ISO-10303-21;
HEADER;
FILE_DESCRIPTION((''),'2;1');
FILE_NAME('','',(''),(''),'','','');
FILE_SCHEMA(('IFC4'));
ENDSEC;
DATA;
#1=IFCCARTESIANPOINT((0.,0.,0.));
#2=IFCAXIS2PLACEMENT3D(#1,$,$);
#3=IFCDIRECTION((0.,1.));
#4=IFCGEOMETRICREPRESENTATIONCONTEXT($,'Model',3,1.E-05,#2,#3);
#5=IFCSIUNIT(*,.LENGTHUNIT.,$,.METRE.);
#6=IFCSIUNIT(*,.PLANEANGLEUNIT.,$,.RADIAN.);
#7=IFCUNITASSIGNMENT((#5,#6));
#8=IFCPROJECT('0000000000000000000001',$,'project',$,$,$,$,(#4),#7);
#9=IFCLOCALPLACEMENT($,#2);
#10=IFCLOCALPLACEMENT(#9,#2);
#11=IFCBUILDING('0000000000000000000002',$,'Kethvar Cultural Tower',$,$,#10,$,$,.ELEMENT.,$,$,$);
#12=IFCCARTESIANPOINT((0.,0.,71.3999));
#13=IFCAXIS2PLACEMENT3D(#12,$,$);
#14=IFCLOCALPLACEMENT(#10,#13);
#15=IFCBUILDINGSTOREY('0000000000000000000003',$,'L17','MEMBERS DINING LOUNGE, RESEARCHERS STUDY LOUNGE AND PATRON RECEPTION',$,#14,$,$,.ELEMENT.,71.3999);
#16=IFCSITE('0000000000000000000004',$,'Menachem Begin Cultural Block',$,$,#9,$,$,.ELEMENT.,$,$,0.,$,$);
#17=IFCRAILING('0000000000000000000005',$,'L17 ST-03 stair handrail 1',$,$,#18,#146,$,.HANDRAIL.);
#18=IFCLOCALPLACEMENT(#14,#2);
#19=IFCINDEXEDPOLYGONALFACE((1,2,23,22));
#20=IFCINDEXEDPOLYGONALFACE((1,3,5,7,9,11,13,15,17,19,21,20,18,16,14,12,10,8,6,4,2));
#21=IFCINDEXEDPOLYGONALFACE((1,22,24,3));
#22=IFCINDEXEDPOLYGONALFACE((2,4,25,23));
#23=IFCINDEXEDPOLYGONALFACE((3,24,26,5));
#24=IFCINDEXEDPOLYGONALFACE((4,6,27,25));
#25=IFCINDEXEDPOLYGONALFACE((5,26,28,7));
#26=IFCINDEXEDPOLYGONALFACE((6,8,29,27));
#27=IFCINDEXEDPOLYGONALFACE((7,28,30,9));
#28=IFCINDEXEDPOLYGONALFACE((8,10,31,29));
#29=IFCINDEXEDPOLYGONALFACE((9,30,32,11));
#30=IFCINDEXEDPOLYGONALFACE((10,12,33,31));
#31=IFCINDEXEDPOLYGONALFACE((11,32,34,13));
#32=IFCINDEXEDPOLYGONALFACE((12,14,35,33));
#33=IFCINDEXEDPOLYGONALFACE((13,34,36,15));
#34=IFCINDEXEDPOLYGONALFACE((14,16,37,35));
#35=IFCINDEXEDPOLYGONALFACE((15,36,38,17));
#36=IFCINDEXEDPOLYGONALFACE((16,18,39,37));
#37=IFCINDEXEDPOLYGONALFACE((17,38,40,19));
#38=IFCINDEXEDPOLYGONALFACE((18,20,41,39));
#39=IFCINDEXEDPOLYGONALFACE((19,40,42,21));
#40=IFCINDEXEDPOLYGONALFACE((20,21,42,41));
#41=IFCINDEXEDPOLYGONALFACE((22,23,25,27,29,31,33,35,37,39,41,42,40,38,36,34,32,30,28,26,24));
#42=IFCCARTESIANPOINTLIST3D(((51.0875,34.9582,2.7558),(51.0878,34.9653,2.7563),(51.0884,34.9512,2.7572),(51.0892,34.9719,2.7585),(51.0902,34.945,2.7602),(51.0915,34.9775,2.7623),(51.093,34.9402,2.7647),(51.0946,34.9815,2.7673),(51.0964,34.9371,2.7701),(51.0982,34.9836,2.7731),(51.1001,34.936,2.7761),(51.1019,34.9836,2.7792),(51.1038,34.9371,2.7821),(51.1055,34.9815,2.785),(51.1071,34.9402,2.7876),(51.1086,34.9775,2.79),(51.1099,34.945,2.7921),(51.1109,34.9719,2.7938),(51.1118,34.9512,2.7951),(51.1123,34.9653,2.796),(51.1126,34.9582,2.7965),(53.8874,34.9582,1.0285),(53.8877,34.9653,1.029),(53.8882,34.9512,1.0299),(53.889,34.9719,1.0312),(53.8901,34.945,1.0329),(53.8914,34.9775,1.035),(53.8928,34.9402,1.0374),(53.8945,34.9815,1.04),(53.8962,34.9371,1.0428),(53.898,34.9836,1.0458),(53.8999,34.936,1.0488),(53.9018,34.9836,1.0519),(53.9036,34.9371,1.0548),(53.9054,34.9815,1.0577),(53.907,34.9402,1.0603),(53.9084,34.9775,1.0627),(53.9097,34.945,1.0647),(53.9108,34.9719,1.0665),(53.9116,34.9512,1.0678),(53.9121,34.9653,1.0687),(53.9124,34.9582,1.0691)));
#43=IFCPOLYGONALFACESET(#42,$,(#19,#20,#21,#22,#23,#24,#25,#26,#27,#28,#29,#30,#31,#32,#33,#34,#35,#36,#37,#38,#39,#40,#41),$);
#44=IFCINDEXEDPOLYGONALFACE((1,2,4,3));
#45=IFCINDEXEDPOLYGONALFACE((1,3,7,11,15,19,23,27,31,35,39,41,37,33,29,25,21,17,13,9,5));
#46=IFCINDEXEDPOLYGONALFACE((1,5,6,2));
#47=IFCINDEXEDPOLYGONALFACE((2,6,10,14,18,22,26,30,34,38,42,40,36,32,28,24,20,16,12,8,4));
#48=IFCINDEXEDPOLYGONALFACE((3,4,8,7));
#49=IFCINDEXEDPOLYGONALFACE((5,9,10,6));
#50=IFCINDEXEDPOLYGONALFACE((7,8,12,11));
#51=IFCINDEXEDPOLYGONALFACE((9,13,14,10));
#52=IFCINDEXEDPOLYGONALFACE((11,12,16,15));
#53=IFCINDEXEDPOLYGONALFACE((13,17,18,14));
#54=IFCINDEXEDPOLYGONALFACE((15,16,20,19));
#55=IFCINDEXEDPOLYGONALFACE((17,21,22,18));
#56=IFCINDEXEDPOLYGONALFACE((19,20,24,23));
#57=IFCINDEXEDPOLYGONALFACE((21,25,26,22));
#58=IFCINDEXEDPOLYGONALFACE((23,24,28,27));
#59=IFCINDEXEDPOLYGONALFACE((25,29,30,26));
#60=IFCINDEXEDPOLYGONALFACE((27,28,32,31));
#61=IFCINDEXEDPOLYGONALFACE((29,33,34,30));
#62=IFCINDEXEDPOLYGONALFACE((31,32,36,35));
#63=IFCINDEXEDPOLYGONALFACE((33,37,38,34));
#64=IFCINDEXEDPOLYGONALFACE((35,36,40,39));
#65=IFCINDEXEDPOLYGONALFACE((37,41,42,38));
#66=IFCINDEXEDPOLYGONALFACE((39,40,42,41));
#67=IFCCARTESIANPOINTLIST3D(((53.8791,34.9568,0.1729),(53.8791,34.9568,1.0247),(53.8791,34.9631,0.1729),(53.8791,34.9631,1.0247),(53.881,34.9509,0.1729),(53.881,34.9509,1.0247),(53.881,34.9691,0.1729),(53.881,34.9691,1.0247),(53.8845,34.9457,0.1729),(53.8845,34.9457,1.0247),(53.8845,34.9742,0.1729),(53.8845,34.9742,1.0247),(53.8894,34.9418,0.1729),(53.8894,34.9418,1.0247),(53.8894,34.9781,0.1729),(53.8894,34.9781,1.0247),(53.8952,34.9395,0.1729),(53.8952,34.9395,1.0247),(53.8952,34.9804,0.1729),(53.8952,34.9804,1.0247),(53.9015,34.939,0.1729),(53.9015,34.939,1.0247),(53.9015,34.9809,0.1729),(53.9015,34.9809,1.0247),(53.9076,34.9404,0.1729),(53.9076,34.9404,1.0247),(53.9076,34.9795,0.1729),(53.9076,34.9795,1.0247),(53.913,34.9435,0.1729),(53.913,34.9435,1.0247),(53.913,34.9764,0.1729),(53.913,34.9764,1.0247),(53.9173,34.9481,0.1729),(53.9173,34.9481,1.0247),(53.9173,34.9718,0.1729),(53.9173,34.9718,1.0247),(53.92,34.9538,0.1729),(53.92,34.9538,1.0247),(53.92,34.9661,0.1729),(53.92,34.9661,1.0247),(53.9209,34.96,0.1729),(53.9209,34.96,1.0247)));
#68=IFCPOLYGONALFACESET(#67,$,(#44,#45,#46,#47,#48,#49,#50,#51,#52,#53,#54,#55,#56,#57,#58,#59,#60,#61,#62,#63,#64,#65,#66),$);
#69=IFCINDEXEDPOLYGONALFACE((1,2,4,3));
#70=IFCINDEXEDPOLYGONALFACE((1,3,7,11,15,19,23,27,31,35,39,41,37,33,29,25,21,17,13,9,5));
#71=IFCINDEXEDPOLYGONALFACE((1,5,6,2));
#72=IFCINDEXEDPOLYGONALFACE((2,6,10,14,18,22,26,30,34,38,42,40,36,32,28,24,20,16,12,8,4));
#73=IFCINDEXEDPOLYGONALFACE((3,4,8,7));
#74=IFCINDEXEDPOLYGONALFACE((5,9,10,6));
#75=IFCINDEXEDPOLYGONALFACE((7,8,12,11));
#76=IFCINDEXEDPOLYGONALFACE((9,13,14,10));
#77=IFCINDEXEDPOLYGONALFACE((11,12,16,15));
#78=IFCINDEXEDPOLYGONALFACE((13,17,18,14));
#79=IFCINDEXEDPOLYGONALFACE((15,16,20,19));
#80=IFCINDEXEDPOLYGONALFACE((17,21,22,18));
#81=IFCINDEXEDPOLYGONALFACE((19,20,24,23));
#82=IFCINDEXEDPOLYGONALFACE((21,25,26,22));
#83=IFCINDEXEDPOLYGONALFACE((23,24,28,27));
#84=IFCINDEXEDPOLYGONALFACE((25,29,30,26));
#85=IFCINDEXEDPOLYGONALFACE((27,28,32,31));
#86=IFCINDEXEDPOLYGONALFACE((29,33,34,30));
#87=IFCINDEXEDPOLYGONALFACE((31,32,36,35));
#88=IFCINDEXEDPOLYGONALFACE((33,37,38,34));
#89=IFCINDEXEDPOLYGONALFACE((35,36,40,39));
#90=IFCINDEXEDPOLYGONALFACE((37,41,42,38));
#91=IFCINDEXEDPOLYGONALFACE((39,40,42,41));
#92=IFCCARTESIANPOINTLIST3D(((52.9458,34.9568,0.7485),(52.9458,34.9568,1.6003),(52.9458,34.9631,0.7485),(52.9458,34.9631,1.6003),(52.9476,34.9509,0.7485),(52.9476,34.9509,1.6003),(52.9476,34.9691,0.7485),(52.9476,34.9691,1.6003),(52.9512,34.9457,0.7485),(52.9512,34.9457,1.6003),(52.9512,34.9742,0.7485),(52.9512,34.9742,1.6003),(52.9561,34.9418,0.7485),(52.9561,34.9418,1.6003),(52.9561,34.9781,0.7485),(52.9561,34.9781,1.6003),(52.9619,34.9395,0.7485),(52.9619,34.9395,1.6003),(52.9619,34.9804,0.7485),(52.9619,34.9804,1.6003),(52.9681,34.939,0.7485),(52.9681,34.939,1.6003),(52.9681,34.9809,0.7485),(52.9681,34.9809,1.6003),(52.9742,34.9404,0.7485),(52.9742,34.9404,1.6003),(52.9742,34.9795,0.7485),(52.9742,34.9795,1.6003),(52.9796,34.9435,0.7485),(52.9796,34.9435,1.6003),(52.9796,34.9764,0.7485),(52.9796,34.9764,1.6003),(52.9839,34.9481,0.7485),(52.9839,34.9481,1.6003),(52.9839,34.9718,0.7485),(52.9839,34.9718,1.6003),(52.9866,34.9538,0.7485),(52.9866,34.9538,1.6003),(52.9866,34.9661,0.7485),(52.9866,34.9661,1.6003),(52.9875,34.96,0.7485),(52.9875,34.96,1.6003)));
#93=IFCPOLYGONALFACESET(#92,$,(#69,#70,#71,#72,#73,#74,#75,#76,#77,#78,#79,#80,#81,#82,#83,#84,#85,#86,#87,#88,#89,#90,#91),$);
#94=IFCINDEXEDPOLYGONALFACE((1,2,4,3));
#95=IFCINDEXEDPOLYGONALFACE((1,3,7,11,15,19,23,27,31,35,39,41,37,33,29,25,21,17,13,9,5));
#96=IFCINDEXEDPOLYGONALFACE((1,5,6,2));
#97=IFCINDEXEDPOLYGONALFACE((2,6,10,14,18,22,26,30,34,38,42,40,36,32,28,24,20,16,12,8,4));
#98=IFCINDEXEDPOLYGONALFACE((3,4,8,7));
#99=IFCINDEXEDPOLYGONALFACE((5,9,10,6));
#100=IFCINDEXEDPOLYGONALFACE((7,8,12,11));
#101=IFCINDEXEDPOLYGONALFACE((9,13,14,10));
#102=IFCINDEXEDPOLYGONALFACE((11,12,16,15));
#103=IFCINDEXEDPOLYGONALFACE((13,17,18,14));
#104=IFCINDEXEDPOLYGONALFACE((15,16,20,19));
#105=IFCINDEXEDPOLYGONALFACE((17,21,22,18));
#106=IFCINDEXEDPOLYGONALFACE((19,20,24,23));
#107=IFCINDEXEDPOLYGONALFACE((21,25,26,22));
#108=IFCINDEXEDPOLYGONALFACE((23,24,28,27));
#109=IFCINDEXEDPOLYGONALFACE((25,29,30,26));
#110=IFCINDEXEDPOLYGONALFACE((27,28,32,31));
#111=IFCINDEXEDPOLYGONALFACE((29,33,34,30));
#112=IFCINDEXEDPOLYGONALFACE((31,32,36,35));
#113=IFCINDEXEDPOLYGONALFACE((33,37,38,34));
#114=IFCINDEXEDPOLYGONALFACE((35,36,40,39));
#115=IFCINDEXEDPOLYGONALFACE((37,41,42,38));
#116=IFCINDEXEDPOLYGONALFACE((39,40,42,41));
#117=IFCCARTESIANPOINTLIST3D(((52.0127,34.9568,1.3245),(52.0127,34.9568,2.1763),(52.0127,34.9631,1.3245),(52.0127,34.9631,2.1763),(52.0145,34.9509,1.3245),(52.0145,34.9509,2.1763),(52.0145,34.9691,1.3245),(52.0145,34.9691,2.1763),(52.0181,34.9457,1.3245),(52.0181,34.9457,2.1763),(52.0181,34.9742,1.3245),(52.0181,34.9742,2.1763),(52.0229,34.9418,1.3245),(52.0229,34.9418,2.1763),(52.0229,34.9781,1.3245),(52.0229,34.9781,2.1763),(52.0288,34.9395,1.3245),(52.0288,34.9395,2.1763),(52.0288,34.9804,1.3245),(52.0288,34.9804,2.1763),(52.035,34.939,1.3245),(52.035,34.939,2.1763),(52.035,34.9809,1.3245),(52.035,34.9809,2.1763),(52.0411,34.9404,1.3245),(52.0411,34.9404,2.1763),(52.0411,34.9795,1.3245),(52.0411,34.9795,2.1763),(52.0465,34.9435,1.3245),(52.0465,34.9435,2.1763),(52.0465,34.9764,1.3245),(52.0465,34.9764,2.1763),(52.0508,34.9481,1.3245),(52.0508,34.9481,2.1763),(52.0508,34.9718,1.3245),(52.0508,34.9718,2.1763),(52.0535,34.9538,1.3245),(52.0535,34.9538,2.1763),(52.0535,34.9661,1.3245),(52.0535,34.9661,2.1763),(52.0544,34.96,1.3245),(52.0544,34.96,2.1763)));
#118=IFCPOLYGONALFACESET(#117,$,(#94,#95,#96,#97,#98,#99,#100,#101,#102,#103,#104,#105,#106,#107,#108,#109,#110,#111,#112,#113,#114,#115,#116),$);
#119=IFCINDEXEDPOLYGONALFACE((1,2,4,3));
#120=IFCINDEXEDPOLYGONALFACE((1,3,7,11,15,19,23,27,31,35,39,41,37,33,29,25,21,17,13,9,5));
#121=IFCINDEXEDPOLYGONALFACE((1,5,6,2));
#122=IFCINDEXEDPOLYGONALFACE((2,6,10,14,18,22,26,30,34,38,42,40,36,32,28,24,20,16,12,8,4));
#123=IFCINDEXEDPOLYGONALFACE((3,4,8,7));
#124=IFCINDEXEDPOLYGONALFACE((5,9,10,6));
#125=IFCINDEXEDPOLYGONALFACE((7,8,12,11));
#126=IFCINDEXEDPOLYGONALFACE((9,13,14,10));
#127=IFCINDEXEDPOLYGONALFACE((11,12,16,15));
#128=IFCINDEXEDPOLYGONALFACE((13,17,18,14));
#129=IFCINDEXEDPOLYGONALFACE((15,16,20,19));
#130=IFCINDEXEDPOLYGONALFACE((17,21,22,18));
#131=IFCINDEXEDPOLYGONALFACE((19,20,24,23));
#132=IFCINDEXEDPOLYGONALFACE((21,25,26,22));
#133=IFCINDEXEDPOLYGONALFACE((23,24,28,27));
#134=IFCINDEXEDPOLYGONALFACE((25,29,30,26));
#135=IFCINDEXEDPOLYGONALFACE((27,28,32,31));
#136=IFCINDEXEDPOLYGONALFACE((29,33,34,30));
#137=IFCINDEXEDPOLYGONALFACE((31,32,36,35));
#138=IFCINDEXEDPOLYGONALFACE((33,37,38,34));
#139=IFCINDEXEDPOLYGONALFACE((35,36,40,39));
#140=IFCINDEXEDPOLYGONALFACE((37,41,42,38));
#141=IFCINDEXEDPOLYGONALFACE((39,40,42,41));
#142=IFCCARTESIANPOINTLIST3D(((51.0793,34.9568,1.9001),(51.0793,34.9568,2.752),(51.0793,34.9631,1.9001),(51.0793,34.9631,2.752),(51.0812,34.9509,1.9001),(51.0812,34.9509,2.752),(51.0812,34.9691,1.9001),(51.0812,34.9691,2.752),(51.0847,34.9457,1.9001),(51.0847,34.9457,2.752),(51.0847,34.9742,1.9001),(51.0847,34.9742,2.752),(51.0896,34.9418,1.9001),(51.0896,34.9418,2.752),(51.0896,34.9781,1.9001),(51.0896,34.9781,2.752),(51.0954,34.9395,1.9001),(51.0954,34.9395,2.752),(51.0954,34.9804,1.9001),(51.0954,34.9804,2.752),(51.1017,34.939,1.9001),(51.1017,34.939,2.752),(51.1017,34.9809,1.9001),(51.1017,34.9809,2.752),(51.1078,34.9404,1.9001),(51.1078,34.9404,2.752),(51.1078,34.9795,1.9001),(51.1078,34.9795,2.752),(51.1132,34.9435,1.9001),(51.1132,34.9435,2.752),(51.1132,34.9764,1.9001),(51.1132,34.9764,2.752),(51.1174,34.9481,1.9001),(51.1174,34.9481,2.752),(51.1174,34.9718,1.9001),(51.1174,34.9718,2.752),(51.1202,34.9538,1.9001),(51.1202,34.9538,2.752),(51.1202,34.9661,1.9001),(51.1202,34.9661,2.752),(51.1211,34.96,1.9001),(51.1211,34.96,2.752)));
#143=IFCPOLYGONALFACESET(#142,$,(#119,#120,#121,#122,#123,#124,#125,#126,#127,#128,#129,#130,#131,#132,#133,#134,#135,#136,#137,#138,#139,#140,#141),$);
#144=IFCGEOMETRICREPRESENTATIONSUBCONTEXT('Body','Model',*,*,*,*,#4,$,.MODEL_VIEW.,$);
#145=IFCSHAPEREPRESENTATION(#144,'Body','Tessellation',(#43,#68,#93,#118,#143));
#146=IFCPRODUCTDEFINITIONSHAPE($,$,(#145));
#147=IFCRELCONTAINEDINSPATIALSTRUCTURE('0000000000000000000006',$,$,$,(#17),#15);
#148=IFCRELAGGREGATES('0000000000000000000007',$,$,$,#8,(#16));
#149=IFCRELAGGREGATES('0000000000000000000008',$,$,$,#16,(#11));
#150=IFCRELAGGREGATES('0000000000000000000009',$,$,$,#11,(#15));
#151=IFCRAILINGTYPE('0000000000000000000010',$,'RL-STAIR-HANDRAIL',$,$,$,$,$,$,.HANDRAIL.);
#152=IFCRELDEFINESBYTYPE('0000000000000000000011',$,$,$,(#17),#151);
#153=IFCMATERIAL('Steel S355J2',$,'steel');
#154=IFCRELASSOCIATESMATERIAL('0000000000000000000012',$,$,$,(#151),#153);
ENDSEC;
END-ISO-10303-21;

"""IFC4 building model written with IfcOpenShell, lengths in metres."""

from ifc_helpers import new_model, si_unit, direction, frame, origin, origin_2d, place, context, subcontext, project, spatial, circle, extrude, material, type_object, element, save


model = new_model("IFC4")

# Units and contexts
model_context = context("Model", 3, precision=1e-05, world=origin(), true_north=direction((0.0, 1.0)))
body_context = subcontext(model_context, "Body", "Model", "MODEL_VIEW")
ifc_project = project(units=[si_unit("LENGTHUNIT", "METRE"), si_unit("PLANEANGLEUNIT", "RADIAN")], contexts=[model_context])

# Site, building, storey
site_placement = place(None, origin())
site = spatial("IfcSite", under=ifc_project, at=site_placement, Name="Menachem Begin Cultural Block", CompositionType="ELEMENT", RefElevation=0.0)
building_placement = place(site_placement, origin())
building = spatial("IfcBuilding", under=site, at=building_placement, Name="Kethvar Cultural Tower", CompositionType="ELEMENT")
storey_placement = place(building_placement, frame((0.0, 0.0, 71.3999)))
storey = spatial("IfcBuildingStorey", under=building, at=storey_placement, Name="L17", Description="MEMBERS DINING LOUNGE, RESEARCHERS STUDY LOUNGE AND PATRON RECEPTION", CompositionType="ELEMENT", Elevation=71.3999)

# Shared definitions
ifc_material_1 = material(Name="Steel S355J2", Category="steel")

# Railing
railing_type_1 = type_object("IfcRailingType", Name="RL-STAIR-HANDRAIL", PredefinedType="HANDRAIL", material=ifc_material_1)
railing_1_placement = place(storey_placement, frame((53.8999, 34.96, 0.1729)))
element("IfcRailing", 1, at=railing_1_placement, inside=storey, type_object=railing_type_1, Name="L17 ST-03 stair handrail 1", PredefinedType="HANDRAIL", context=body_context, shape_type="SweptSolid", body=[
    extrude(circle(Radius=0.0239, at=origin_2d()), frame((0.0, 0.0, 0.876), z_axis=(-0.851069, 0.0, 0.525054), x_axis=(0.0, -1.0, 0.0)), (0.0, 0.0, 1.0), 3.2898),
    extrude(circle(Radius=0.021, at=origin_2d()), origin(), (0.0, 0.0, 1.0), 0.8518),
    extrude(circle(Radius=0.021, at=origin_2d()), frame((-0.9333, 0.0, 0.5757)), (0.0, 0.0, 1.0), 0.8518),
    extrude(circle(Radius=0.021, at=origin_2d()), frame((-1.8665, 0.0, 1.1516)), (0.0, 0.0, 1.0), 0.8518),
    extrude(circle(Radius=0.021, at=origin_2d()), frame((-2.7998, 0.0, 1.7273)), (0.0, 0.0, 1.0), 0.8518),
])

save(model, "model.ifc")
